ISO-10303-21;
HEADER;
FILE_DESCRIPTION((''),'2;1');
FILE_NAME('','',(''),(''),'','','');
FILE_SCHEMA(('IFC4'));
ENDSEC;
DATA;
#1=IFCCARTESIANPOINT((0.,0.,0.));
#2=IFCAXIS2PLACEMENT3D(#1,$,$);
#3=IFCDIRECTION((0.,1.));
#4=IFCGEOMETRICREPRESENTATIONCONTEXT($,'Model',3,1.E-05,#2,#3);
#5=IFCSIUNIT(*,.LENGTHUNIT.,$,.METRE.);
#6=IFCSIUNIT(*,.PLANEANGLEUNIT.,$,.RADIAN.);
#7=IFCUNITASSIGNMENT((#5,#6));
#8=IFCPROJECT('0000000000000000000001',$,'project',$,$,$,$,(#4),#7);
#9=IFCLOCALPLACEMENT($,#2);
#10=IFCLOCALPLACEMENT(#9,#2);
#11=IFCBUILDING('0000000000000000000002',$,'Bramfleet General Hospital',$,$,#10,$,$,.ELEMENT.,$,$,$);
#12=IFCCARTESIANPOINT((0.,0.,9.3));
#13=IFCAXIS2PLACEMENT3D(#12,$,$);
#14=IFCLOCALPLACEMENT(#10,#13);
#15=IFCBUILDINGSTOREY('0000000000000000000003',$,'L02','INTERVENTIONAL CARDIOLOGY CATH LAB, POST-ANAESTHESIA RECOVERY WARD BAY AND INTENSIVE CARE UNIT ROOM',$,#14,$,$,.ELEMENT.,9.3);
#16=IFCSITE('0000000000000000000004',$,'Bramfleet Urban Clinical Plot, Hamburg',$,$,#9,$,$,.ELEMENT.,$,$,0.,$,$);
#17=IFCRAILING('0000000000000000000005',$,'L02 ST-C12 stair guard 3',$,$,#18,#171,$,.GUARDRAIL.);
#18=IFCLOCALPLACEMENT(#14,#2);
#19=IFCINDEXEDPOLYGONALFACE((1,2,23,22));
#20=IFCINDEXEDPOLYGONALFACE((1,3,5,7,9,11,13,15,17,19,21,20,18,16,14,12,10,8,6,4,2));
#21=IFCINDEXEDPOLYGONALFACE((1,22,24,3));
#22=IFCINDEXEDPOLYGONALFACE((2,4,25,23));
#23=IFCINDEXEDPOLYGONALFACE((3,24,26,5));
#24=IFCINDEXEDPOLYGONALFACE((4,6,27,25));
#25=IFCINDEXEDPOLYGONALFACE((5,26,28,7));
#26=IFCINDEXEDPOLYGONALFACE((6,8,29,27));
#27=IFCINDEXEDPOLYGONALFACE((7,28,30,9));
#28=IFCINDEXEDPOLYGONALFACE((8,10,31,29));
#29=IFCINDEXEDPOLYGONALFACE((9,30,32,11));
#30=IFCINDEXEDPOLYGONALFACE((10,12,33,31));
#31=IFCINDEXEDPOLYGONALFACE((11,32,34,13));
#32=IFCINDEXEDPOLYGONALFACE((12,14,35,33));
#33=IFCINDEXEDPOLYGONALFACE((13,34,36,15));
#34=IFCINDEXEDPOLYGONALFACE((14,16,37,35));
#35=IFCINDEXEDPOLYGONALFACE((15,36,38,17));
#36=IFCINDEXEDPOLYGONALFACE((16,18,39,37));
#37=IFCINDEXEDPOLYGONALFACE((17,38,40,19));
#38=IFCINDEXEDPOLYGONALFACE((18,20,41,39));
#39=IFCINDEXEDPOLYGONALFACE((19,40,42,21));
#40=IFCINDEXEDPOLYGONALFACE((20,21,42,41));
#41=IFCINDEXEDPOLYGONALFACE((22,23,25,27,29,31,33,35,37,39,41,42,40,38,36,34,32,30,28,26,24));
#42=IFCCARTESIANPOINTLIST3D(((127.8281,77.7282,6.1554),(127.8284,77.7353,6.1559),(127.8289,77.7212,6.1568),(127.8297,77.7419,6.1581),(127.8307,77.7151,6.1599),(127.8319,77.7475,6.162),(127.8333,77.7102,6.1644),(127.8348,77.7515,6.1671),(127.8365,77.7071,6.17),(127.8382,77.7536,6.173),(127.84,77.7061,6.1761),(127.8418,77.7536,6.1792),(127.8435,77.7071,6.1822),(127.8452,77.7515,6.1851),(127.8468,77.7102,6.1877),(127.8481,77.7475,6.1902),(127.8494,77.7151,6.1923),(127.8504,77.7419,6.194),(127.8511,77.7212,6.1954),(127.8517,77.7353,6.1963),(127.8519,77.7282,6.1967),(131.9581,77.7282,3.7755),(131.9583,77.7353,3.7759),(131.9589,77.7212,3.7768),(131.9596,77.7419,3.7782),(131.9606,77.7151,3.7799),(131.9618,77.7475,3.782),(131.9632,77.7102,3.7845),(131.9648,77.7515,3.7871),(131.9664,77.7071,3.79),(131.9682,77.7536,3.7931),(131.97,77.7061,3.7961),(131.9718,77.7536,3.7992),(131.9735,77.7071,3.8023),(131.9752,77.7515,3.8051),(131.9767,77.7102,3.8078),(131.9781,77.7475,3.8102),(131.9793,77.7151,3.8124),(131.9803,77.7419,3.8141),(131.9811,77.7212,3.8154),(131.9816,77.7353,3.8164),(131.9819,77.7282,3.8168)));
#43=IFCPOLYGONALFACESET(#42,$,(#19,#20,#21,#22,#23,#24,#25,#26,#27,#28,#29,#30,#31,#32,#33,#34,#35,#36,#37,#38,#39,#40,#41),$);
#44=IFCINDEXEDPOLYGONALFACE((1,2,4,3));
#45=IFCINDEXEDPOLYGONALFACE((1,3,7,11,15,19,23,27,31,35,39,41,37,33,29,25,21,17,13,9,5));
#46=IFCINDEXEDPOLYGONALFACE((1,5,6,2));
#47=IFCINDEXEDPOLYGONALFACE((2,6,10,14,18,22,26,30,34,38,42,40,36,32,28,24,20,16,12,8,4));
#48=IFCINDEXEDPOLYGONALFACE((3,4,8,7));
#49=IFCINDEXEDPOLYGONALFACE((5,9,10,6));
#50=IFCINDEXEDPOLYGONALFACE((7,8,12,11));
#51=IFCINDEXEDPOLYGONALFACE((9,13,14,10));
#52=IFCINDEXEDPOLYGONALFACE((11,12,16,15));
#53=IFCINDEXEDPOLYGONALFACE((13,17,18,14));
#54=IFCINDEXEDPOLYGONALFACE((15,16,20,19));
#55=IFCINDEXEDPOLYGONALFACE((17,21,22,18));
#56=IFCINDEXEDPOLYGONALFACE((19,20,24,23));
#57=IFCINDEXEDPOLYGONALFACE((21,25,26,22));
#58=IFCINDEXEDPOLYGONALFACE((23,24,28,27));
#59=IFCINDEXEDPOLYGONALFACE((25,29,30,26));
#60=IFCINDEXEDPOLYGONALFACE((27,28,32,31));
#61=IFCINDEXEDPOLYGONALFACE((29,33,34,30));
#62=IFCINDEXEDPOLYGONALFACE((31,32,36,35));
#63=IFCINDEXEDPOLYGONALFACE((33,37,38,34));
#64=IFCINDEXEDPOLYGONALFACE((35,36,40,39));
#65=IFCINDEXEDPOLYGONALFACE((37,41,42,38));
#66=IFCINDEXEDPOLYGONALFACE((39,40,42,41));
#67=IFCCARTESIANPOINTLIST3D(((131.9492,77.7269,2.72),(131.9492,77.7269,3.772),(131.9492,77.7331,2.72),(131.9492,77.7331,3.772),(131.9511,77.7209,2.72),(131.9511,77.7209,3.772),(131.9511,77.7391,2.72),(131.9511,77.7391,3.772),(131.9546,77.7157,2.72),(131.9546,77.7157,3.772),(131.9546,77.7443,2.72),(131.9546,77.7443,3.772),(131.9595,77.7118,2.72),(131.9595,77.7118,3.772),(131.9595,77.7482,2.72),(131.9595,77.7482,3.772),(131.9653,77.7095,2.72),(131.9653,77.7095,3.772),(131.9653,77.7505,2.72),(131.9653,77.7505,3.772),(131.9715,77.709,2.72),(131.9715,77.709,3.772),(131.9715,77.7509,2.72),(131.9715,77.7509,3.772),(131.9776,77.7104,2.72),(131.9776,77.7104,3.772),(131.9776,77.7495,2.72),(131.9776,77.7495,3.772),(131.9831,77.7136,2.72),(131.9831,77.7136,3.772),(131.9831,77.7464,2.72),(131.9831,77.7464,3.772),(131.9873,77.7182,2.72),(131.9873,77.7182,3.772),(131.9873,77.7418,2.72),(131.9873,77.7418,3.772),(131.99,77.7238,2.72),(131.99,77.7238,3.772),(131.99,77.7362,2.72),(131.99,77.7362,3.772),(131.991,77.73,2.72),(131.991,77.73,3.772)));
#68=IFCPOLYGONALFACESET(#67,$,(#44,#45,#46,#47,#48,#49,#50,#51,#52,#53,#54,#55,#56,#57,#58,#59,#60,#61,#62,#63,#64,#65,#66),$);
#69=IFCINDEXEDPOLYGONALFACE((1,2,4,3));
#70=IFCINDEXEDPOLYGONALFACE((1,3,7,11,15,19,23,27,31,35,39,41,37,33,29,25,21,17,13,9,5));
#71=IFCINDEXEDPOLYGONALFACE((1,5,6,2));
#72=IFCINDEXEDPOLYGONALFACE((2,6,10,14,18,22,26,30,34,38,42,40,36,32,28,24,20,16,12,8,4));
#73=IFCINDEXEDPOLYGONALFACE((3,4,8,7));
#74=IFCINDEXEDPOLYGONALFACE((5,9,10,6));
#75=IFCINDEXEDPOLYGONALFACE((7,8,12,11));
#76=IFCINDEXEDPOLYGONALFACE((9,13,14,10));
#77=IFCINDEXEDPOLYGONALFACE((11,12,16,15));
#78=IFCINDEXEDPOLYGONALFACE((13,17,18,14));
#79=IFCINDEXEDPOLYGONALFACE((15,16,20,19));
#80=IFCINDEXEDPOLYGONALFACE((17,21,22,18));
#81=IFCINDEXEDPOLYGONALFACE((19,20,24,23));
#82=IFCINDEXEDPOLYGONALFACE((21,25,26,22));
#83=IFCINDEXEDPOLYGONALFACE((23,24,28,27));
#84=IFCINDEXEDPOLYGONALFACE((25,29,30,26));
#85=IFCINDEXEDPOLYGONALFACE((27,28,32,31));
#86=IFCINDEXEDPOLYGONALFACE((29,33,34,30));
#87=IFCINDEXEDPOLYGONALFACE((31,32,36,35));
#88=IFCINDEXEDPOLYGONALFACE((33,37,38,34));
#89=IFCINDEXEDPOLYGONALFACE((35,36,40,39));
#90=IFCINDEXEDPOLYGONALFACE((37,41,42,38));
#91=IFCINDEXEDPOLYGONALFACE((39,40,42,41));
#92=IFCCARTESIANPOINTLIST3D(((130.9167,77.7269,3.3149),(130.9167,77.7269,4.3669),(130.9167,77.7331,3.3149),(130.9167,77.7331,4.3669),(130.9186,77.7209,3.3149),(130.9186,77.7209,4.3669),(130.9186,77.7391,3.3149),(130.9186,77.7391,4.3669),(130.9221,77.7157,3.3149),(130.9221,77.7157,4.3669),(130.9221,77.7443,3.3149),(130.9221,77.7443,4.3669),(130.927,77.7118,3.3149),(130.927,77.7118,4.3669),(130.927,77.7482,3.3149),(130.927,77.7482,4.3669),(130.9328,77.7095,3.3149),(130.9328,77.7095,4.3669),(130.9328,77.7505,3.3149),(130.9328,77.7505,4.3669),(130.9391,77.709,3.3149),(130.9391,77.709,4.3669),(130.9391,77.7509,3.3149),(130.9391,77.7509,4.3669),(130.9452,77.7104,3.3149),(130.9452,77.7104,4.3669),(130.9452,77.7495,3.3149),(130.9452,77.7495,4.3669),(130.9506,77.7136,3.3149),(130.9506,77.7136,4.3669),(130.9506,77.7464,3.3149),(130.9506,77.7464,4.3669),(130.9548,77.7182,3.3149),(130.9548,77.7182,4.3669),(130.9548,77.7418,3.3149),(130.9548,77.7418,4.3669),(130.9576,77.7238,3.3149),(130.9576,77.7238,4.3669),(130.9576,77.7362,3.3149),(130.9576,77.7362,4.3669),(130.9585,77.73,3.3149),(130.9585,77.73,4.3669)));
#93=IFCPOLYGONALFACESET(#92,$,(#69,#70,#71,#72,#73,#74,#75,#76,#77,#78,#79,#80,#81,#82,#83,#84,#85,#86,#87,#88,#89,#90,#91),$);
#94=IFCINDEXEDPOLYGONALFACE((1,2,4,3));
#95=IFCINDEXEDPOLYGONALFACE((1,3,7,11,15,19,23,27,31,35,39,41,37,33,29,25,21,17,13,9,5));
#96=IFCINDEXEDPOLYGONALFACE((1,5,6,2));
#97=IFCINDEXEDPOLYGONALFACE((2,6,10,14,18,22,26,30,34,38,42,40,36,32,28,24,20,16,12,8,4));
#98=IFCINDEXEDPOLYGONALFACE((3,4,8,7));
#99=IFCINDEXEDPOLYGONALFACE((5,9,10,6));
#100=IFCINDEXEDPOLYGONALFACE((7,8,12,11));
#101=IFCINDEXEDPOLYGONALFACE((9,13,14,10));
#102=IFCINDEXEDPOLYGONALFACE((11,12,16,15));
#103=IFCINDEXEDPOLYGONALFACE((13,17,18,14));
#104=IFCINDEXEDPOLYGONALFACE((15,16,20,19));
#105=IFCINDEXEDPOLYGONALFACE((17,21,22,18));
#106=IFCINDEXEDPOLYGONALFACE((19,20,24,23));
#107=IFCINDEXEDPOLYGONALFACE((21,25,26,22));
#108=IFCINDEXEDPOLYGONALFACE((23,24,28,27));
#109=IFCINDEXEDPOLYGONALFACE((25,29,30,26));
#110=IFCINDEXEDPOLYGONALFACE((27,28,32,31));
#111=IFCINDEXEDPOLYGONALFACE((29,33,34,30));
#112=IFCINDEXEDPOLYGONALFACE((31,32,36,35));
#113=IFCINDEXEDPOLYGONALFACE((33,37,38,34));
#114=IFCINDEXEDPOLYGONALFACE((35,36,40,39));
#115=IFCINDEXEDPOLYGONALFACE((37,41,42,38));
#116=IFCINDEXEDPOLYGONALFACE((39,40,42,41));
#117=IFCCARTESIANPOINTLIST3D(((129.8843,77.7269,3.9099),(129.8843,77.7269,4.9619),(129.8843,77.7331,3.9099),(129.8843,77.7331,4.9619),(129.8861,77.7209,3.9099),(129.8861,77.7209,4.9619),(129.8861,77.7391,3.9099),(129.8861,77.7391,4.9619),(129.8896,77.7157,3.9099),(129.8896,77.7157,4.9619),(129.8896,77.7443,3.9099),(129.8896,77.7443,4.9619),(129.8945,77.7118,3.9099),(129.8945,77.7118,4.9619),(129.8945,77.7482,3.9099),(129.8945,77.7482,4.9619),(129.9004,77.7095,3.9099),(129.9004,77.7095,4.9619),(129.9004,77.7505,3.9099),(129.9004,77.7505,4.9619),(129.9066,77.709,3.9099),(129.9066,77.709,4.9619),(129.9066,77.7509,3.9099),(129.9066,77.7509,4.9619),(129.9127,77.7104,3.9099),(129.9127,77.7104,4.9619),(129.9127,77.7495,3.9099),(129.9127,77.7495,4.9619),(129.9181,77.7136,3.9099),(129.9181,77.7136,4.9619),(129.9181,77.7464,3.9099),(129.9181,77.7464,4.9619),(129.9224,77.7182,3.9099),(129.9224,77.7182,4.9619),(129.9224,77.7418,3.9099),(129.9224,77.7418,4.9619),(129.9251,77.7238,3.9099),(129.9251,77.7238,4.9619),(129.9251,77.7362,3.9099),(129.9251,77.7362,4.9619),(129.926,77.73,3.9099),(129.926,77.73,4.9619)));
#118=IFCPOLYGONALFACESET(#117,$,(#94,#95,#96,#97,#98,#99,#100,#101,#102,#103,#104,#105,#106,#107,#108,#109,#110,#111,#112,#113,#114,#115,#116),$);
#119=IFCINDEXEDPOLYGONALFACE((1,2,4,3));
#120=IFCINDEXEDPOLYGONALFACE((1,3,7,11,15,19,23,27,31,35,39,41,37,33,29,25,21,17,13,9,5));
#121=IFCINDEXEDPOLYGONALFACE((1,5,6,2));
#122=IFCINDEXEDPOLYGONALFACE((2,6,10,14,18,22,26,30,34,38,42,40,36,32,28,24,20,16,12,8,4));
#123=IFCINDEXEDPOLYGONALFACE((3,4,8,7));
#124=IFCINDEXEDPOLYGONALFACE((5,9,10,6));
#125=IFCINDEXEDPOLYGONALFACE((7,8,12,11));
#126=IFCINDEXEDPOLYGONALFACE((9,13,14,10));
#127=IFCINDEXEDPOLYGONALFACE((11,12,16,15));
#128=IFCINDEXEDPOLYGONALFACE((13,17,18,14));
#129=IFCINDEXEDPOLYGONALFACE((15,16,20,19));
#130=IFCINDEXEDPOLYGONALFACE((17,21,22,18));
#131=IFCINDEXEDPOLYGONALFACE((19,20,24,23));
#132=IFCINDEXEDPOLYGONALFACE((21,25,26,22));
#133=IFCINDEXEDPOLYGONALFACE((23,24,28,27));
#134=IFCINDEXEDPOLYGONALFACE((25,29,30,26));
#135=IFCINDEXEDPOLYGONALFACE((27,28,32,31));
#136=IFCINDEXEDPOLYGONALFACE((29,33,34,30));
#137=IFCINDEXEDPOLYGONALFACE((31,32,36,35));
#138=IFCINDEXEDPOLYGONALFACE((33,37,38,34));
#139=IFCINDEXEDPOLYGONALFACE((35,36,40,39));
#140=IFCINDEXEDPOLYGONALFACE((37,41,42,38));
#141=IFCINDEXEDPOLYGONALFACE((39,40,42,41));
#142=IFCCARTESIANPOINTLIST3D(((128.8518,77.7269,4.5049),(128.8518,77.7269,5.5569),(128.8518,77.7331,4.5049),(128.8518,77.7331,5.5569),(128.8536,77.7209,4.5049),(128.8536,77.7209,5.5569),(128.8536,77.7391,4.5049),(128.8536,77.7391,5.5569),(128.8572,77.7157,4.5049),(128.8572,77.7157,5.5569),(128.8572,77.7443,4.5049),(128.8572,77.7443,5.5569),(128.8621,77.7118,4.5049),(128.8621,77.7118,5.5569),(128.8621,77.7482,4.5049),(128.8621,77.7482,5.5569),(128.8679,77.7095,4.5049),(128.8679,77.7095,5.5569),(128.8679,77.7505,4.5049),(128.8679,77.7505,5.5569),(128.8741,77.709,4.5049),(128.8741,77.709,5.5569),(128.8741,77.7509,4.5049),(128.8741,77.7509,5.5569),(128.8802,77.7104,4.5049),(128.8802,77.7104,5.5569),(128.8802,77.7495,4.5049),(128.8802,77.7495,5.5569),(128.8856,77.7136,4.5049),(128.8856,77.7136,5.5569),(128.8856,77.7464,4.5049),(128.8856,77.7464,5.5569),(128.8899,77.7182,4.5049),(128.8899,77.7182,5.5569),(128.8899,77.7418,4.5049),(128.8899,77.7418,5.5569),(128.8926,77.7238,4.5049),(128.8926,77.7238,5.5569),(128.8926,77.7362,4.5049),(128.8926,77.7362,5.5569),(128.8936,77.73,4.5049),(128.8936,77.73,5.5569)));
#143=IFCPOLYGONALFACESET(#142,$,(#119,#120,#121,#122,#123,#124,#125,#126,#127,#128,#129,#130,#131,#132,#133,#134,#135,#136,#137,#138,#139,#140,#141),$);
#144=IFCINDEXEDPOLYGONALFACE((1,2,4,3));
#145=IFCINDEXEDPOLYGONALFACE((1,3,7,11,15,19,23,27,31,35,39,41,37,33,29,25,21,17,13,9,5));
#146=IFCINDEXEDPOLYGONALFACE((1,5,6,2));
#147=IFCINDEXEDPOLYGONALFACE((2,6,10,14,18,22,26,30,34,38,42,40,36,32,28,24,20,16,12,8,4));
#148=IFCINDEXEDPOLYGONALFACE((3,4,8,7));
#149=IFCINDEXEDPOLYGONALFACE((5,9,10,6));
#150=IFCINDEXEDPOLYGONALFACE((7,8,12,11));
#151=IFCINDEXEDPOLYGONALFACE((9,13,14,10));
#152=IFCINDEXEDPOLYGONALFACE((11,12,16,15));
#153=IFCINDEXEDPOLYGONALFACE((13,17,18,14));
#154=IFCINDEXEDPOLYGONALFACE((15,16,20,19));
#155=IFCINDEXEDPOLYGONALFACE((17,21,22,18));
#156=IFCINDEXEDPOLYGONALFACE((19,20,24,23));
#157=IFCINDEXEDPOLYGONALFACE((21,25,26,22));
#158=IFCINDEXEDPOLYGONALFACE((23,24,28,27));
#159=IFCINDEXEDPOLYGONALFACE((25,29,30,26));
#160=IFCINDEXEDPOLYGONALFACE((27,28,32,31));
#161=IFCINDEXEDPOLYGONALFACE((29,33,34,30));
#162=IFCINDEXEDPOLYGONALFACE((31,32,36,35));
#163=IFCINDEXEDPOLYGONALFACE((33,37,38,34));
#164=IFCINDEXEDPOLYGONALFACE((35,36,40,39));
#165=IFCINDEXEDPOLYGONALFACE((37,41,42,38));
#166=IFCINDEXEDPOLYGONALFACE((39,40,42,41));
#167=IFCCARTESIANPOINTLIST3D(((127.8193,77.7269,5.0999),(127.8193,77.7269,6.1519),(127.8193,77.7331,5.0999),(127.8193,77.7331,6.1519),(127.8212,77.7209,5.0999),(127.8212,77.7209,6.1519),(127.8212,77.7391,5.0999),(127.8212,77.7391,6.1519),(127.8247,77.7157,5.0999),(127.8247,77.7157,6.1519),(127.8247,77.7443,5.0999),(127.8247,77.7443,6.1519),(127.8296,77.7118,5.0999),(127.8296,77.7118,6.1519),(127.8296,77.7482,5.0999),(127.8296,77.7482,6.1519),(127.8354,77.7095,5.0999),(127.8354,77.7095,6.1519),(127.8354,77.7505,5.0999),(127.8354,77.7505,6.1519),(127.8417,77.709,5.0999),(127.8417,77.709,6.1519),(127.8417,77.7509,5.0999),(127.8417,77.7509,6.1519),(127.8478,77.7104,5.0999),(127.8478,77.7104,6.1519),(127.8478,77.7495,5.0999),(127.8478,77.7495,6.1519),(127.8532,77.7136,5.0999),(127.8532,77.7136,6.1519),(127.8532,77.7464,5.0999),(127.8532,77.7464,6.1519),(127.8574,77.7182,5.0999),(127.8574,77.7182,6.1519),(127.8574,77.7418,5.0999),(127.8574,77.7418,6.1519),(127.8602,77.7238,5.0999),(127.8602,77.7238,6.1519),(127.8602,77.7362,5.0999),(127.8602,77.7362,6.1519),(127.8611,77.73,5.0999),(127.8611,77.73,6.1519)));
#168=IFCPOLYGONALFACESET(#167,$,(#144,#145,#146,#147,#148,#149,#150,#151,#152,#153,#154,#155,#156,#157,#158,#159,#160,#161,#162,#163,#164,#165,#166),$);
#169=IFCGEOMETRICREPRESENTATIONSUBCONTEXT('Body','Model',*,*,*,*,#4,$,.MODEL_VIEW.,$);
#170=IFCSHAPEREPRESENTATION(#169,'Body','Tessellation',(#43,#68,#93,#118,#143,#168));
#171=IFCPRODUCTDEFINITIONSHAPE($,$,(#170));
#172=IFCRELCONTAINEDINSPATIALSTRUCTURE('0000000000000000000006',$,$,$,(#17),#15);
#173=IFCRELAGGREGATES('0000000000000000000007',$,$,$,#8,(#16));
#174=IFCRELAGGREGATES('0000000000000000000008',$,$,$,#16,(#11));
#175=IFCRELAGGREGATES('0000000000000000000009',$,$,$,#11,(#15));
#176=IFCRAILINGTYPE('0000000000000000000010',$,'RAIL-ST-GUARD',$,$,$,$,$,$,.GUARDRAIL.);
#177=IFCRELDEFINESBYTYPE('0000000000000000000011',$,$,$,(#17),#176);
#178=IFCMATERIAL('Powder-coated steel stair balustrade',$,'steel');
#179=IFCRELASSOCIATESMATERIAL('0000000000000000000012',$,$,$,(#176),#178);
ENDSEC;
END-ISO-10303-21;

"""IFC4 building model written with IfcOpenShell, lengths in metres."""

from ifc_helpers import new_model, si_unit, direction, frame, origin, origin_2d, place, context, subcontext, project, spatial, circle, extrude, material, type_object, element, save


model = new_model("IFC4")

# Units and contexts
model_context = context("Model", 3, precision=1e-05, world=origin(), true_north=direction((0.0, 1.0)))
body_context = subcontext(model_context, "Body", "Model", "MODEL_VIEW")
ifc_project = project(units=[si_unit("LENGTHUNIT", "METRE"), si_unit("PLANEANGLEUNIT", "RADIAN")], contexts=[model_context])

# Site, building, storey
site_placement = place(None, origin())
site = spatial("IfcSite", under=ifc_project, at=site_placement, Name="Bramfleet Urban Clinical Plot, Hamburg", CompositionType="ELEMENT", RefElevation=0.0)
building_placement = place(site_placement, origin())
building = spatial("IfcBuilding", under=site, at=building_placement, Name="Bramfleet General Hospital", CompositionType="ELEMENT")
storey_placement = place(building_placement, frame((0.0, 0.0, 9.3)))
storey = spatial("IfcBuildingStorey", under=building, at=storey_placement, Name="L02", Description="INTERVENTIONAL CARDIOLOGY CATH LAB, POST-ANAESTHESIA RECOVERY WARD BAY AND INTENSIVE CARE UNIT ROOM", CompositionType="ELEMENT", Elevation=9.3)

# Railing
ifc_material_1 = material(Name="Powder-coated steel stair balustrade", Category="steel")
railing_type_1 = type_object("IfcRailingType", Name="RAIL-ST-GUARD", PredefinedType="GUARDRAIL", material=ifc_material_1)
railing_1_placement = place(storey_placement, frame((131.97, 77.73, 2.72)))
element("IfcRailing", 1, at=railing_1_placement, inside=storey, type_object=railing_type_1, Name="L02 ST-C12 stair guard 3", PredefinedType="GUARDRAIL", context=body_context, shape_type="SweptSolid", body=[
    extrude(circle(Radius=0.0239, at=origin_2d()), frame((0.0, 0.0, 1.0762), z_axis=(-0.866434, 0.0, 0.499291), x_axis=(0.0, -1.0, 0.0)), (0.0, 0.0, 1.0), 4.7666),
    extrude(circle(Radius=0.021, at=origin_2d()), origin(), (0.0, 0.0, 1.0), 1.052),
    extrude(circle(Radius=0.021, at=origin_2d()), frame((-1.0325, 0.0, 0.595)), (0.0, 0.0, 1.0), 1.052),
    extrude(circle(Radius=0.021, at=origin_2d()), frame((-2.0649, 0.0, 1.1899)), (0.0, 0.0, 1.0), 1.052),
    extrude(circle(Radius=0.021, at=origin_2d()), frame((-3.0974, 0.0, 1.7849)), (0.0, 0.0, 1.0), 1.052),
    extrude(circle(Radius=0.021, at=origin_2d()), frame((-4.1299, 0.0, 2.3799)), (0.0, 0.0, 1.0), 1.052),
])

save(model, "model.ifc")
